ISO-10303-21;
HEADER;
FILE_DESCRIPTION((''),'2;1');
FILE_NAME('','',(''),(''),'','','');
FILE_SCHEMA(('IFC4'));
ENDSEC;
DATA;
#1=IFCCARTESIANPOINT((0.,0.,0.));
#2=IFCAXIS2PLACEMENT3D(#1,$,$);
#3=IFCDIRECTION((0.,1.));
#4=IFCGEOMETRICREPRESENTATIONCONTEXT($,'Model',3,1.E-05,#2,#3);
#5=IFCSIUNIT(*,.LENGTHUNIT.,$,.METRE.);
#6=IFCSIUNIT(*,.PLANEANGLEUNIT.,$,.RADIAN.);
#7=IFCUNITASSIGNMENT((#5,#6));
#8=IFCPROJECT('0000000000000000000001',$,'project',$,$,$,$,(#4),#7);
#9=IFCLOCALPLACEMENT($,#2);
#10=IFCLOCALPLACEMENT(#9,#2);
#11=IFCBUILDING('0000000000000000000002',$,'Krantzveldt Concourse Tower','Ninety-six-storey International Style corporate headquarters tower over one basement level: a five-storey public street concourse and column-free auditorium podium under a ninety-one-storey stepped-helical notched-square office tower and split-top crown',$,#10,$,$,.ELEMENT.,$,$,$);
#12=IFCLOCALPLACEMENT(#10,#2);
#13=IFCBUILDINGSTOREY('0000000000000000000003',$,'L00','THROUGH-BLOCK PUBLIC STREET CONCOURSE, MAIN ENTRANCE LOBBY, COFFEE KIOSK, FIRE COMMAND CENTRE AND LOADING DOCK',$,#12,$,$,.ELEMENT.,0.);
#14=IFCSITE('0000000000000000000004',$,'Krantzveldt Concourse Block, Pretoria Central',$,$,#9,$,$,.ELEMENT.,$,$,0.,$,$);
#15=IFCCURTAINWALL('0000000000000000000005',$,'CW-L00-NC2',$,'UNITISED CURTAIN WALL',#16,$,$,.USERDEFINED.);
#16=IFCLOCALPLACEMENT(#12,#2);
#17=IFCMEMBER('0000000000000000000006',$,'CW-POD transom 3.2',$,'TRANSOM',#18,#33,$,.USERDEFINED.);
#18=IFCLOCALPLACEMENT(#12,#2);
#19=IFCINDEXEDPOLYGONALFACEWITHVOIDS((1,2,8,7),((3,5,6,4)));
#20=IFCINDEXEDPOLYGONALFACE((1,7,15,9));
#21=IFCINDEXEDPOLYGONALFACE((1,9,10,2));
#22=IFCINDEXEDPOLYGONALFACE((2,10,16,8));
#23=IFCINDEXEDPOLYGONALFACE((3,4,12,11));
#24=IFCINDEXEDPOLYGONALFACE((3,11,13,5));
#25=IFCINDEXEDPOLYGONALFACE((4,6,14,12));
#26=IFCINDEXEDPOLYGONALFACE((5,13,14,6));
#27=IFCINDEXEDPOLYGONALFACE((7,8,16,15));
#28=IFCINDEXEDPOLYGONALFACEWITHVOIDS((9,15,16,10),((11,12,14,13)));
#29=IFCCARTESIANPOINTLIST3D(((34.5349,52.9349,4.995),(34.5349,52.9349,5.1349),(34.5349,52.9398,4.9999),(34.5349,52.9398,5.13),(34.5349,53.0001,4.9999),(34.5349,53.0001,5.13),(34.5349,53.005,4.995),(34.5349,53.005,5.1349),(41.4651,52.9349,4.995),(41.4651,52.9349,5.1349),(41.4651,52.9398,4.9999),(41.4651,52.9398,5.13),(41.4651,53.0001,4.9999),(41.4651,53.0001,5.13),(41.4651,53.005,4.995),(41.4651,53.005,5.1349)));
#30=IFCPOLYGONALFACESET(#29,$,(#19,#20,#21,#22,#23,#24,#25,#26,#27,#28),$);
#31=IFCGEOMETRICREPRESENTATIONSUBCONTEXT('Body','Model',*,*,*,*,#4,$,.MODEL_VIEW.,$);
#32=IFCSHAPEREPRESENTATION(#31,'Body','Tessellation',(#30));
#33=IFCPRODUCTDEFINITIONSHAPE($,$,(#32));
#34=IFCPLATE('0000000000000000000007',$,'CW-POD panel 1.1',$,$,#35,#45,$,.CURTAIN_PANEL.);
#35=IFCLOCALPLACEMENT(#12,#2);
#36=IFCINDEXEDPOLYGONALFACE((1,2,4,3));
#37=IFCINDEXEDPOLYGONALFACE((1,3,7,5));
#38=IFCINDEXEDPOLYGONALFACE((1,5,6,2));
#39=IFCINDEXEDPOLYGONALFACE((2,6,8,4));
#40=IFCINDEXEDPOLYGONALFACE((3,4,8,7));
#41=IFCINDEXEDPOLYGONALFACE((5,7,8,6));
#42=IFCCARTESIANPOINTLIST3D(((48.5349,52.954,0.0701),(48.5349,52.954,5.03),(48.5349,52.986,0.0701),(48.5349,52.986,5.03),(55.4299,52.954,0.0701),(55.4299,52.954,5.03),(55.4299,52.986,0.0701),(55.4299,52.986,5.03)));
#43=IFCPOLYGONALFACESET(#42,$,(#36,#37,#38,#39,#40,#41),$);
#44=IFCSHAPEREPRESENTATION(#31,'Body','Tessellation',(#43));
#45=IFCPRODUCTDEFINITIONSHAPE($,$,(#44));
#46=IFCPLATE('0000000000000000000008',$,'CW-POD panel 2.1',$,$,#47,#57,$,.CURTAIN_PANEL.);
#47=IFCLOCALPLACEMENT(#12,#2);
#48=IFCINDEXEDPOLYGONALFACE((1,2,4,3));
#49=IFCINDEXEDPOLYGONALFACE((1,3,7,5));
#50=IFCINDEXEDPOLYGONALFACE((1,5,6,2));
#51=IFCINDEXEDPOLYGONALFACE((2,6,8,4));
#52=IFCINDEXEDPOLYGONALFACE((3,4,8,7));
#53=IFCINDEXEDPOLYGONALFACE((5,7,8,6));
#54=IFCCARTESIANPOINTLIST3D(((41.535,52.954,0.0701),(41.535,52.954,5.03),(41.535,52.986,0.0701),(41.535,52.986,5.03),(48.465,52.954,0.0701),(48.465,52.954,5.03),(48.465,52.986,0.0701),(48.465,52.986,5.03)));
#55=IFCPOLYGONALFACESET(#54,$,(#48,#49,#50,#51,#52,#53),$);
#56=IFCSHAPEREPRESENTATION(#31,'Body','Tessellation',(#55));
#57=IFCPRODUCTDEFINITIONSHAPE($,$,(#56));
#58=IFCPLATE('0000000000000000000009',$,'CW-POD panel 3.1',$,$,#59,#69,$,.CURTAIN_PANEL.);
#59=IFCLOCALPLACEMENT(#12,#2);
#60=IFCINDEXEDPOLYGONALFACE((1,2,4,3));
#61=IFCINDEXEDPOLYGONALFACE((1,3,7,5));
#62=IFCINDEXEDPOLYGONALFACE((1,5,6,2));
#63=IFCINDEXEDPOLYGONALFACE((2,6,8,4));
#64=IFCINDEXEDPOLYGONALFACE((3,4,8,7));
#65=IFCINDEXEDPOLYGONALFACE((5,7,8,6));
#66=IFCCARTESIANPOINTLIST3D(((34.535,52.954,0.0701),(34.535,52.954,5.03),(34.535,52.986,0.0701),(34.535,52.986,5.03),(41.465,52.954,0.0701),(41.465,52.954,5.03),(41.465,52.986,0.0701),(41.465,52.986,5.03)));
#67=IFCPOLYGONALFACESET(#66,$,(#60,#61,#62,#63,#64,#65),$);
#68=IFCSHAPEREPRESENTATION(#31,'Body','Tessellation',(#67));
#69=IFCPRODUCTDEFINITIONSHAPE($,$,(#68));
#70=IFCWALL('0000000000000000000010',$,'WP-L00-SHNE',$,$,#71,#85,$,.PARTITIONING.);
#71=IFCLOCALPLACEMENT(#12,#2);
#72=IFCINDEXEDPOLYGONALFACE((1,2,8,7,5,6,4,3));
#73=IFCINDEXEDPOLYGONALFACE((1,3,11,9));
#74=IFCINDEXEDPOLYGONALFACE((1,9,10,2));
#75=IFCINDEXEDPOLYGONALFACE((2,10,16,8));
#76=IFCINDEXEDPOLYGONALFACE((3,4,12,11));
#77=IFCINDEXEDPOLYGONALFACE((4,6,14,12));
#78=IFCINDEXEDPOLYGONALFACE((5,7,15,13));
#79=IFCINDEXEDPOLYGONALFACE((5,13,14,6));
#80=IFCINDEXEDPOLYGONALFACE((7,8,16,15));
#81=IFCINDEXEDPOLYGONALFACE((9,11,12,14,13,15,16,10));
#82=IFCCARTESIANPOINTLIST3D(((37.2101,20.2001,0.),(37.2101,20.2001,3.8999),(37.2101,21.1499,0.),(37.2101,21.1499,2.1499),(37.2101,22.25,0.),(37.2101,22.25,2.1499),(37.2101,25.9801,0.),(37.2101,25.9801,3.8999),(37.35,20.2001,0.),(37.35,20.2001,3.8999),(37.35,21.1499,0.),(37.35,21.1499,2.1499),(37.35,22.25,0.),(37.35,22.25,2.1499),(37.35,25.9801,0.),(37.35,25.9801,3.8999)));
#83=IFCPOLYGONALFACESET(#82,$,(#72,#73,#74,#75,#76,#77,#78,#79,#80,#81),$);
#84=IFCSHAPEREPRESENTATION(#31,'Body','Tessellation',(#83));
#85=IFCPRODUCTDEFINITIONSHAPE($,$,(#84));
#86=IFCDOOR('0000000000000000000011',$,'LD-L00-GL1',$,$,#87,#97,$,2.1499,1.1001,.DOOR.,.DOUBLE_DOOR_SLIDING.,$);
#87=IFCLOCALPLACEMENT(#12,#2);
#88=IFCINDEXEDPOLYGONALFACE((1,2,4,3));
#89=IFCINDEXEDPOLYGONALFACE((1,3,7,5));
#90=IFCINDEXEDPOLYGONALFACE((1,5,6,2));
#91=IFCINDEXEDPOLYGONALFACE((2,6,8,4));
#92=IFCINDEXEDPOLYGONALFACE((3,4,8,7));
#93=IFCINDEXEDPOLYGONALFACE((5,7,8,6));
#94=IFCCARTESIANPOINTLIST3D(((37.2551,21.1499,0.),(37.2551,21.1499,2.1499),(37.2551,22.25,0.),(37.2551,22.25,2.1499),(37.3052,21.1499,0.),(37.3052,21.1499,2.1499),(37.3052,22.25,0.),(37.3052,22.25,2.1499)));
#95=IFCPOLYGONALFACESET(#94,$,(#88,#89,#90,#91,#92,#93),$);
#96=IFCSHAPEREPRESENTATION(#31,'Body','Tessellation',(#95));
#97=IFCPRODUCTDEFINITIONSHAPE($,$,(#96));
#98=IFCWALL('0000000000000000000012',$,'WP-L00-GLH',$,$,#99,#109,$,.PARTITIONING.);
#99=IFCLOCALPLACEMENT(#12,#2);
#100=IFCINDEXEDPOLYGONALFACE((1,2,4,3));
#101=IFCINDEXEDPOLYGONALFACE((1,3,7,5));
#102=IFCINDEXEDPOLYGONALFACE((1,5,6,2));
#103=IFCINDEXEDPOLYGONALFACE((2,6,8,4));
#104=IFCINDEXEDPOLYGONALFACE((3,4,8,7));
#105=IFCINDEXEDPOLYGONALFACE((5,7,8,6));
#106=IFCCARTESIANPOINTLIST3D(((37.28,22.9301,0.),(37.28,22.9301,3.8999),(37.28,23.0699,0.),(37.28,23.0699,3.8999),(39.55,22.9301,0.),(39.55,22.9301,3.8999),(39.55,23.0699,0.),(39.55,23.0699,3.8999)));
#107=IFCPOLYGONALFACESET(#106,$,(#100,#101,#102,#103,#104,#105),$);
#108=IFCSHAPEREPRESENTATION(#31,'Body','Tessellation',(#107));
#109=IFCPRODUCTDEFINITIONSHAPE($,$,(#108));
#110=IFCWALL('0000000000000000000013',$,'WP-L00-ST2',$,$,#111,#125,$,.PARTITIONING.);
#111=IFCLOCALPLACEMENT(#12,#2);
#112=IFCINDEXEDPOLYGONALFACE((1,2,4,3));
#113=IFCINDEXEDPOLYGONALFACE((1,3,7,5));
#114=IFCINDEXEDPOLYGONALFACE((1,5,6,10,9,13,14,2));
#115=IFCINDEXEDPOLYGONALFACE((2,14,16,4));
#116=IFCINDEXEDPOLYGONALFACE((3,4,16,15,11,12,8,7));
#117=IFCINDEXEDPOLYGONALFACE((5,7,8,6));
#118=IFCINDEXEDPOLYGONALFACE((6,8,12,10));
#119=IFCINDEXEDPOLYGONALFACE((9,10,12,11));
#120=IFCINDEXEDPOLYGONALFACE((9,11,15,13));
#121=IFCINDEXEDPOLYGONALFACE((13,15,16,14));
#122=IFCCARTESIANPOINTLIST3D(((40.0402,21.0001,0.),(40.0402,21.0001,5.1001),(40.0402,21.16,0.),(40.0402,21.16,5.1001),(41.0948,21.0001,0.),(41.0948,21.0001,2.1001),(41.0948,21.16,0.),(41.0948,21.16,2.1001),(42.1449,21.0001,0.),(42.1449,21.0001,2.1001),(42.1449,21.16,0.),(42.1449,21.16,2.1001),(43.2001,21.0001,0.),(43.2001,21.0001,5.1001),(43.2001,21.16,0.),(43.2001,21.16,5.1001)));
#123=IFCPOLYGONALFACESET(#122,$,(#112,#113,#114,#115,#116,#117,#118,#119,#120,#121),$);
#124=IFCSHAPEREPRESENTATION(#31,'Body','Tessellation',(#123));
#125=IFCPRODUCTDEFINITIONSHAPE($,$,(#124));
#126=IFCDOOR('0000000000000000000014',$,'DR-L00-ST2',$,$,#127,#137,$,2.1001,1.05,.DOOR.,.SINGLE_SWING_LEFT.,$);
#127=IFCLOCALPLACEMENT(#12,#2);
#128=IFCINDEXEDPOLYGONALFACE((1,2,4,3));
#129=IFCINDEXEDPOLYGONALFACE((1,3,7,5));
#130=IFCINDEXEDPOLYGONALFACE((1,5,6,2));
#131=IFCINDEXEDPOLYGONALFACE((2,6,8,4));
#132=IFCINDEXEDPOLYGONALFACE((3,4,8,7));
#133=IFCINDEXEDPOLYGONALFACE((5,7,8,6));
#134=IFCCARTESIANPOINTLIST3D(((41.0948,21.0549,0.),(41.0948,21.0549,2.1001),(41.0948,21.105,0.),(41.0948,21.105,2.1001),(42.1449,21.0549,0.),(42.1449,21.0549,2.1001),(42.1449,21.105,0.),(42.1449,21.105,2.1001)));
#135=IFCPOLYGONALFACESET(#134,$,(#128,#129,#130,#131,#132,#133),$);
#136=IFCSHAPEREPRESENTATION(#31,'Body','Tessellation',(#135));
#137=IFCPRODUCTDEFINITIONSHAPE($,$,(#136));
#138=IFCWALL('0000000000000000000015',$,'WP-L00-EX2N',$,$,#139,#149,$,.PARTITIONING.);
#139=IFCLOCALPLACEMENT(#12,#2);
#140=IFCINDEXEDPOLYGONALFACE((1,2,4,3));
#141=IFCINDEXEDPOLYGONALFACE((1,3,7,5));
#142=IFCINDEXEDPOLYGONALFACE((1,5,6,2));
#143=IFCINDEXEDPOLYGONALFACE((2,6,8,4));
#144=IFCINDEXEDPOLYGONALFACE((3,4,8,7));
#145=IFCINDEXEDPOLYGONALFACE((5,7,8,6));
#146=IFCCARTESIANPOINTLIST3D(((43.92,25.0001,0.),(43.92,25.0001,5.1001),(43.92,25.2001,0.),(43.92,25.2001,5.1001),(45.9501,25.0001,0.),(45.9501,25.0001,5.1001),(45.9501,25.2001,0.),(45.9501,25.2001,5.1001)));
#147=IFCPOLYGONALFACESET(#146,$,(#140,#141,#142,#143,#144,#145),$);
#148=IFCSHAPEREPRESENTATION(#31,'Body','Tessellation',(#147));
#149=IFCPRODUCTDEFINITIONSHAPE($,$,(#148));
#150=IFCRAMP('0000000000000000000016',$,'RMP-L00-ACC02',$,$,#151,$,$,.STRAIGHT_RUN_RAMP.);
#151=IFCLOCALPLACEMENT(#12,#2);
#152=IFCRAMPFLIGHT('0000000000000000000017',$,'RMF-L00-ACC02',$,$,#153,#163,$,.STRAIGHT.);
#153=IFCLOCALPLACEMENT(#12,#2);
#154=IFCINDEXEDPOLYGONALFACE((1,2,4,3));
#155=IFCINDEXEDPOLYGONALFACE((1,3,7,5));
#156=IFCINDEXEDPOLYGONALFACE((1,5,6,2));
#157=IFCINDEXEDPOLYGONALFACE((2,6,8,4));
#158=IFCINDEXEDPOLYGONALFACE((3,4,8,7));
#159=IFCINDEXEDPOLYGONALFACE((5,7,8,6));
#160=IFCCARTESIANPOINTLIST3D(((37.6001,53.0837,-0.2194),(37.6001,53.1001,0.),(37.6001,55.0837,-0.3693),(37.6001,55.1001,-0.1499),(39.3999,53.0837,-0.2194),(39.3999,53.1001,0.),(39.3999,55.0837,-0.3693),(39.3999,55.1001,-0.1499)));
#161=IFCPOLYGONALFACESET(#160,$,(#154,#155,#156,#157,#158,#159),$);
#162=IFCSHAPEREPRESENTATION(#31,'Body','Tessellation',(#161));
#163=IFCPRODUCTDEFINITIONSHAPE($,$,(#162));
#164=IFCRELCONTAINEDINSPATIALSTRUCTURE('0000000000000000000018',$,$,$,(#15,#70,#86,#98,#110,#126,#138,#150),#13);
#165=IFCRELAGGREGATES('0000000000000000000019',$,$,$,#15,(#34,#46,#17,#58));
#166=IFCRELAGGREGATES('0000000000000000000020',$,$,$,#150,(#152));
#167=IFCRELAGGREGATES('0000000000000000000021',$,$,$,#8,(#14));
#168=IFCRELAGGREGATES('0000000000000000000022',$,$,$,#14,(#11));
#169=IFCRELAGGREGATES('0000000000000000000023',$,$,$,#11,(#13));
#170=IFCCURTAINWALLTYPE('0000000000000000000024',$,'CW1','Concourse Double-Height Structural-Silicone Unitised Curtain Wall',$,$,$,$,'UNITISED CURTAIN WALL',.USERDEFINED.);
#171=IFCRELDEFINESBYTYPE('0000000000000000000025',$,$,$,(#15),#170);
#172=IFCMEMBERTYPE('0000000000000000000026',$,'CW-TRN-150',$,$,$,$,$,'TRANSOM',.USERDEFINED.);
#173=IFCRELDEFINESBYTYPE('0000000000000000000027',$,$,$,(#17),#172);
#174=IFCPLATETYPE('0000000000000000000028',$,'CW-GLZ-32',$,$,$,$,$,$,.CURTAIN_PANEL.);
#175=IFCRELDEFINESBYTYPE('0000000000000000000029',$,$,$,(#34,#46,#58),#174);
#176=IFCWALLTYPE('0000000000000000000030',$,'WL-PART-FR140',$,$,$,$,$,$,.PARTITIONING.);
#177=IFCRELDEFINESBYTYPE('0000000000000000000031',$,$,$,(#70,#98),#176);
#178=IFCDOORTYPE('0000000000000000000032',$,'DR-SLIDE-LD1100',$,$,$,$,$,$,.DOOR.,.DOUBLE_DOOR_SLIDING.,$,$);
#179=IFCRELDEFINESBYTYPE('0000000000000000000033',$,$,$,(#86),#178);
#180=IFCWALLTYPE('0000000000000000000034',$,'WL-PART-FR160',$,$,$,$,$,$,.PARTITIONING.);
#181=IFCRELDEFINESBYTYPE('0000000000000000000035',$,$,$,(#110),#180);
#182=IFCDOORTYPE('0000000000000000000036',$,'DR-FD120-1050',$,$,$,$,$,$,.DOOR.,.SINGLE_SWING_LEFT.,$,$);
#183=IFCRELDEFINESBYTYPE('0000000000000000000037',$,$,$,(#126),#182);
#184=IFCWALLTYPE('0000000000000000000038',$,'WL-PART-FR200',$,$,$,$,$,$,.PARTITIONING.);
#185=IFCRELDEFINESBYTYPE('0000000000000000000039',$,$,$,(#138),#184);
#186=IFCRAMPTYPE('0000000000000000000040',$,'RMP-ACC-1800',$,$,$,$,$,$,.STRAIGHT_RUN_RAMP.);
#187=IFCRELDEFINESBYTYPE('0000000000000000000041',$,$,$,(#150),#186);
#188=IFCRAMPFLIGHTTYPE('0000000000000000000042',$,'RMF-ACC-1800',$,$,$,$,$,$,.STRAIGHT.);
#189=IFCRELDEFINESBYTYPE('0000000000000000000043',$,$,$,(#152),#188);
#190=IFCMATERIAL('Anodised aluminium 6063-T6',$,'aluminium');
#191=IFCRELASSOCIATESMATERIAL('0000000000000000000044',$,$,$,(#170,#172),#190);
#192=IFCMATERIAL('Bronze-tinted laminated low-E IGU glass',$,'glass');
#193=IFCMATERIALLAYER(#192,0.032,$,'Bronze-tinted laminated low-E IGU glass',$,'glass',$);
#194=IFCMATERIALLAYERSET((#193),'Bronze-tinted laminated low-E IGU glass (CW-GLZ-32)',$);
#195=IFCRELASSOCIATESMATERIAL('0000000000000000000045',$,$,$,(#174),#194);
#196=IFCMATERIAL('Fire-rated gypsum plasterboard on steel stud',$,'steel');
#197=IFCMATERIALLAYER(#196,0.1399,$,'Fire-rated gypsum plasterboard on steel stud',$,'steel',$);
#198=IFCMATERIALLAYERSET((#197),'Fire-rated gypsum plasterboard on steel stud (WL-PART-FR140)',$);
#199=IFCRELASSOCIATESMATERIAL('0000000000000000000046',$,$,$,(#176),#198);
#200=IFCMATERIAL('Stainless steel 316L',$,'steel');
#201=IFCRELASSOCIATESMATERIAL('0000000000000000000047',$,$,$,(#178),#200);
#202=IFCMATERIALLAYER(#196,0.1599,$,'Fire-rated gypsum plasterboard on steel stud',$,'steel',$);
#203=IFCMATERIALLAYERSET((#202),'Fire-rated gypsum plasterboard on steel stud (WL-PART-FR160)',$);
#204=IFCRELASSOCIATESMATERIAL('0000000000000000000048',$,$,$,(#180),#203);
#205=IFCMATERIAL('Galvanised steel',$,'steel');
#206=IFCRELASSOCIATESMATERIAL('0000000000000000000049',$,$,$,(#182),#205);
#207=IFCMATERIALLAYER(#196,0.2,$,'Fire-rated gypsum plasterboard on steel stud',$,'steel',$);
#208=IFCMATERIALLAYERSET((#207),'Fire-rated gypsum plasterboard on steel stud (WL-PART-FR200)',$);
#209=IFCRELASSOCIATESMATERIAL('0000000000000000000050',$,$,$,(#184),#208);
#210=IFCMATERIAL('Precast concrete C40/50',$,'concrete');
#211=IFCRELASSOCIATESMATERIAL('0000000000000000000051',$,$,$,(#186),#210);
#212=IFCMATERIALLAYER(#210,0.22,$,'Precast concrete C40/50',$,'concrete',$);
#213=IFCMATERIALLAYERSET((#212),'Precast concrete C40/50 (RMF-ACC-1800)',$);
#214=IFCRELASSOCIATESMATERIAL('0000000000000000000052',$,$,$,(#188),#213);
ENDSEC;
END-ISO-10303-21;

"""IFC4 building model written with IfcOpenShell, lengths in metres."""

from ifc_helpers import new_model, si_unit, direction, frame, frame_2d, origin, origin_2d, place, context, subcontext, project, spatial, polyline, rectangle, hollow_rectangle, outline, extrude, source, transform, mapped, material, layer, layer_set, material_profile, profile_set, type_object, type_shapes, element, fill, aggregate, save


model = new_model("IFC4")

# Units and contexts
model_context = context("Model", 3, precision=1e-05, world=origin(), true_north=direction((0.0, 1.0)))
body_context = subcontext(model_context, "Body", "Model", "MODEL_VIEW")
ifc_project = project(units=[si_unit("LENGTHUNIT", "METRE"), si_unit("PLANEANGLEUNIT", "RADIAN")], contexts=[model_context])

# Site, building, storey
site_placement = place(None, origin())
site = spatial("IfcSite", under=ifc_project, at=site_placement, Name="Krantzveldt Concourse Block, Pretoria Central", CompositionType="ELEMENT", RefElevation=0.0)
building_placement = place(site_placement, origin())
building = spatial("IfcBuilding", under=site, at=building_placement, Name="Krantzveldt Concourse Tower", Description="Ninety-six-storey International Style corporate headquarters tower over one basement level: a five-storey public street concourse and column-free auditorium podium under a ninety-one-storey stepped-helical notched-square office tower and split-top crown", CompositionType="ELEMENT")
storey_placement = place(building_placement, origin())
storey = spatial("IfcBuildingStorey", under=building, at=storey_placement, Name="L00", Description="THROUGH-BLOCK PUBLIC STREET CONCOURSE, MAIN ENTRANCE LOBBY, COFFEE KIOSK, FIRE COMMAND CENTRE AND LOADING DOCK", CompositionType="ELEMENT", Elevation=0.0)

# Curtain wall, member, plates
ifc_material_1 = material(Name="Anodised aluminium 6063-T6", Category="aluminium")
curtain_wall_type = type_object("IfcCurtainWallType", Name="CW1", Description="Concourse Double-Height Structural-Silicone Unitised Curtain Wall", ElementType="UNITISED CURTAIN WALL", PredefinedType="USERDEFINED", material=ifc_material_1)
curtain_wall_placement = place(storey_placement, origin())
curtain_wall = element("IfcCurtainWall", 1, at=curtain_wall_placement, inside=storey, type_object=curtain_wall_type, Name="CW-L00-NC2", ObjectType="UNITISED CURTAIN WALL", PredefinedType="USERDEFINED")
ifc_material_profile_1 = material_profile(ifc_material_1, hollow_rectangle(XDim=0.0701, YDim=0.1399, WallThickness=0.0049, at=origin_2d()), Name="Anodised aluminium 6063-T6", Category="aluminium")
ifc_profile_set_1 = profile_set([ifc_material_profile_1], Name="Anodised aluminium 6063-T6 - ALU-TRAN 140x70x5")
member_type_1 = type_object("IfcMemberType", Name="CW-TRN-150", ElementType="TRANSOM", PredefinedType="USERDEFINED", material=ifc_profile_set_1)
shared_shape_1 = source(origin(), body_context, "Body", "SweptSolid", [
    extrude(hollow_rectangle(XDim=0.0701, YDim=0.1399, WallThickness=0.0049, at=origin_2d()), origin(), (0.0, 0.0, 1.0), 6.9302),
])
member_1_placement = place(storey_placement, frame((41.4651, 52.97, 5.0649), z_axis=(-1.0, 0.0, 0.0), x_axis=(0.0, -1.0, 0.0)))
member_1 = element("IfcMember", 2, at=member_1_placement, type_object=member_type_1, Name="CW-POD transom 3.2", ObjectType="TRANSOM", PredefinedType="USERDEFINED", context=body_context, shape_type="MappedRepresentation", body=[
    mapped(shared_shape_1, transform((0.0, 0.0, 0.0), x_axis=(1.0, 0.0, 0.0), y_axis=(0.0, 1.0, 0.0), z_axis=(0.0, 0.0, 1.0), scale=1.0)),
])
ifc_material_2 = material(Name="Bronze-tinted laminated low-E IGU glass", Category="glass")
ifc_layer_1 = layer(ifc_material_2, 0.032, Name="Bronze-tinted laminated low-E IGU glass", Category="glass")
ifc_layer_set_1 = layer_set([ifc_layer_1], Name="Bronze-tinted laminated low-E IGU glass (CW-GLZ-32)")
plate_type = type_object("IfcPlateType", Name="CW-GLZ-32", PredefinedType="CURTAIN_PANEL", material=ifc_layer_set_1)
shared_shape_2 = source(origin(), body_context, "Body", "SweptSolid", [
    extrude(rectangle(XDim=6.895, YDim=0.032, at=origin_2d()), origin(), (0.0, 0.0, 1.0), 4.96),
])
plate_1_placement = place(storey_placement, frame((51.9824, 52.97, 0.0701), z_axis=(0.0, 0.0, 1.0), x_axis=(-1.0, 0.0, 0.0)))
plate_1 = element("IfcPlate", 3, at=plate_1_placement, type_object=plate_type, Name="CW-POD panel 1.1", PredefinedType="CURTAIN_PANEL", context=body_context, shape_type="MappedRepresentation", body=[
    mapped(shared_shape_2, transform((0.0, 0.0, 0.0), x_axis=(1.0, 0.0, 0.0), y_axis=(0.0, 1.0, 0.0), z_axis=(0.0, 0.0, 1.0), scale=1.0)),
])
shared_shape_3 = source(origin(), body_context, "Body", "SweptSolid", [
    extrude(rectangle(XDim=6.9299, YDim=0.032, at=origin_2d()), origin(), (0.0, 0.0, 1.0), 4.96),
])
type_shapes(plate_type, [shared_shape_2, shared_shape_3])
plate_2_placement = place(storey_placement, frame((45.0, 52.97, 0.0701), z_axis=(0.0, 0.0, 1.0), x_axis=(-1.0, 0.0, 0.0)))
plate_2 = element("IfcPlate", 4, at=plate_2_placement, type_object=plate_type, Name="CW-POD panel 2.1", PredefinedType="CURTAIN_PANEL", context=body_context, shape_type="MappedRepresentation", body=[
    mapped(shared_shape_3, transform((0.0, 0.0, 0.0), x_axis=(1.0, 0.0, 0.0), y_axis=(0.0, 1.0, 0.0), z_axis=(0.0, 0.0, 1.0), scale=1.0)),
])
plate_3_placement = place(storey_placement, frame((38.0, 52.97, 0.0701), z_axis=(0.0, 0.0, 1.0), x_axis=(-1.0, 0.0, 0.0)))
plate_3 = element("IfcPlate", 5, at=plate_3_placement, type_object=plate_type, Name="CW-POD panel 3.1", PredefinedType="CURTAIN_PANEL", context=body_context, shape_type="MappedRepresentation", body=[
    mapped(shared_shape_3, transform((0.0, 0.0, 0.0), x_axis=(1.0, 0.0, 0.0), y_axis=(0.0, 1.0, 0.0), z_axis=(0.0, 0.0, 1.0), scale=1.0)),
])
aggregate(curtain_wall, [plate_1, plate_2, member_1, plate_3])

# Wall, opening, door
ifc_material_3 = material(Name="Fire-rated gypsum plasterboard on steel stud", Category="steel")
ifc_layer_2 = layer(ifc_material_3, 0.1399, Name="Fire-rated gypsum plasterboard on steel stud", Category="steel")
ifc_layer_set_2 = layer_set([ifc_layer_2], Name="Fire-rated gypsum plasterboard on steel stud (WL-PART-FR140)")
wall_type_1 = type_object("IfcWallType", Name="WL-PART-FR140", PredefinedType="PARTITIONING", material=ifc_layer_set_2)
wall_1_placement = place(storey_placement, frame((37.28, 20.2, 0.0), z_axis=(0.0, 0.0, 1.0), x_axis=(0.0, 1.0, 0.0)))
wall_1 = element("IfcWall", 6, at=wall_1_placement, inside=storey, type_object=wall_type_1, Name="WP-L00-SHNE", PredefinedType="PARTITIONING", context=body_context, shape_type="SweptSolid", body=[
    extrude(rectangle(XDim=5.78, YDim=0.1399, at=frame_2d((2.8901, 0.0))), origin(), (0.0, 0.0, 1.0), 3.8999),
])
opening_1_placement = place(wall_1_placement, frame((0.95, 0.0, 0.0)))
opening_1 = element("IfcOpeningElement", 7, at=opening_1_placement, cuts=wall_1, PredefinedType="OPENING", context=body_context, shape_type="SweptSolid", body=[
    extrude(rectangle(XDim=1.1001, YDim=2.1499, at=frame_2d((0.55, 1.075))), frame((0.0, 0.0801, 0.0), z_axis=(0.0, -1.0, 0.0), x_axis=(1.0, 0.0, 0.0)), (0.0, 0.0, 1.0), 0.1599),
])
ifc_material_4 = material(Name="Stainless steel 316L", Category="steel")
door_type_1 = type_object("IfcDoorType", Name="DR-SLIDE-LD1100", OperationType="DOUBLE_DOOR_SLIDING", PredefinedType="DOOR", material=ifc_material_4)
door_1_placement = place(opening_1_placement, origin())
door_1 = element("IfcDoor", 8, at=door_1_placement, inside=storey, type_object=door_type_1, Name="LD-L00-GL1", OperationType="DOUBLE_DOOR_SLIDING", OverallHeight=2.1499, OverallWidth=1.1001, PredefinedType="DOOR", context=body_context, shape_type="SweptSolid", body=[
    extrude(rectangle(XDim=1.1001, YDim=2.1499, at=frame_2d((0.55, 1.075))), frame((0.0, 0.0249, 0.0), z_axis=(0.0, -1.0, 0.0), x_axis=(1.0, 0.0, 0.0)), (0.0, 0.0, 1.0), 0.05),
])
fill(opening_1, door_1)

# Wall
wall_2_placement = place(storey_placement, frame((37.28, 23.0, 0.0), z_axis=(0.0, 0.0, 1.0), x_axis=(1.0, 0.0, 0.0)))
element("IfcWall", 9, at=wall_2_placement, inside=storey, type_object=wall_type_1, Name="WP-L00-GLH", PredefinedType="PARTITIONING", context=body_context, shape_type="SweptSolid", body=[
    extrude(rectangle(XDim=2.27, YDim=0.1399, at=frame_2d((1.135, 0.0))), origin(), (0.0, 0.0, 1.0), 3.8999),
])

# Wall, opening, door
ifc_layer_3 = layer(ifc_material_3, 0.1599, Name="Fire-rated gypsum plasterboard on steel stud", Category="steel")
ifc_layer_set_3 = layer_set([ifc_layer_3], Name="Fire-rated gypsum plasterboard on steel stud (WL-PART-FR160)")
wall_type_2 = type_object("IfcWallType", Name="WL-PART-FR160", PredefinedType="PARTITIONING", material=ifc_layer_set_3)
wall_3_placement = place(storey_placement, frame((40.04, 21.0801, 0.0), z_axis=(0.0, 0.0, 1.0), x_axis=(1.0, 0.0, 0.0)))
wall_3 = element("IfcWall", 10, at=wall_3_placement, inside=storey, type_object=wall_type_2, Name="WP-L00-ST2", PredefinedType="PARTITIONING", context=body_context, shape_type="SweptSolid", body=[
    extrude(rectangle(XDim=3.1599, YDim=0.1599, at=frame_2d((1.5801, 0.0))), origin(), (0.0, 0.0, 1.0), 5.1001),
])
opening_2_placement = place(wall_3_placement, frame((1.0549, 0.0, 0.0)))
opening_2 = element("IfcOpeningElement", 11, at=opening_2_placement, cuts=wall_3, PredefinedType="OPENING", context=body_context, shape_type="SweptSolid", body=[
    extrude(rectangle(XDim=1.05, YDim=2.1001, at=frame_2d((0.5249, 1.05))), frame((0.0, 0.0898, 0.0), z_axis=(0.0, -1.0, 0.0), x_axis=(1.0, 0.0, 0.0)), (0.0, 0.0, 1.0), 0.1799),
])
ifc_material_5 = material(Name="Galvanised steel", Category="steel")
door_type_2 = type_object("IfcDoorType", Name="DR-FD120-1050", OperationType="SINGLE_SWING_LEFT", PredefinedType="DOOR", material=ifc_material_5)
door_2_placement = place(opening_2_placement, origin())
door_2 = element("IfcDoor", 12, at=door_2_placement, inside=storey, type_object=door_type_2, Name="DR-L00-ST2", OperationType="SINGLE_SWING_LEFT", OverallHeight=2.1001, OverallWidth=1.05, PredefinedType="DOOR", context=body_context, shape_type="SweptSolid", body=[
    extrude(rectangle(XDim=1.05, YDim=2.1001, at=frame_2d((0.5249, 1.05))), frame((0.0, 0.0249, 0.0), z_axis=(0.0, -1.0, 0.0), x_axis=(1.0, 0.0, 0.0)), (0.0, 0.0, 1.0), 0.05),
])
fill(opening_2, door_2)

# Wall
ifc_layer_4 = layer(ifc_material_3, 0.2, Name="Fire-rated gypsum plasterboard on steel stud", Category="steel")
ifc_layer_set_4 = layer_set([ifc_layer_4], Name="Fire-rated gypsum plasterboard on steel stud (WL-PART-FR200)")
wall_type_3 = type_object("IfcWallType", Name="WL-PART-FR200", PredefinedType="PARTITIONING", material=ifc_layer_set_4)
wall_4_placement = place(storey_placement, frame((43.9199, 25.1001, 0.0), z_axis=(0.0, 0.0, 1.0), x_axis=(1.0, 0.0, 0.0)))
element("IfcWall", 13, at=wall_4_placement, inside=storey, type_object=wall_type_3, Name="WP-L00-EX2N", PredefinedType="PARTITIONING", context=body_context, shape_type="SweptSolid", body=[
    extrude(rectangle(XDim=2.03, YDim=0.2, at=frame_2d((1.0151, 0.0))), origin(), (0.0, 0.0, 1.0), 5.1001),
])

# Ramp, ramp flight
ifc_material_6 = material(Name="Precast concrete C40/50", Category="concrete")
ramp_type = type_object("IfcRampType", Name="RMP-ACC-1800", PredefinedType="STRAIGHT_RUN_RAMP", material=ifc_material_6)
ramp_placement = place(storey_placement, origin())
ramp = element("IfcRamp", 14, at=ramp_placement, inside=storey, type_object=ramp_type, Name="RMP-L00-ACC02", PredefinedType="STRAIGHT_RUN_RAMP")
ifc_layer_5 = layer(ifc_material_6, 0.22, Name="Precast concrete C40/50", Category="concrete")
ifc_layer_set_5 = layer_set([ifc_layer_5], Name="Precast concrete C40/50 (RMF-ACC-1800)")
ramp_flight_type = type_object("IfcRampFlightType", Name="RMF-ACC-1800", PredefinedType="STRAIGHT", material=ifc_layer_set_5)
ramp_flight_placement = place(storey_placement, frame((37.6001, 53.1001, 0.0), z_axis=(0.0, 0.074742, 0.997203), x_axis=(1.0, 0.0, 0.0)))
ramp_flight = element("IfcRampFlight", 15, at=ramp_flight_placement, type_object=ramp_flight_type, Name="RMF-L00-ACC02", PredefinedType="STRAIGHT", context=body_context, shape_type="SweptSolid", body=[
    extrude(outline(polyline([(0.0, 0.0), (1.7998, 0.0), (1.7998, 2.0056), (0.0, 2.0056), (0.0, 0.0)])), origin(), (0.0, 0.0, -1.0), 0.22),
])
aggregate(ramp, [ramp_flight])

save(model, "model.ifc")
